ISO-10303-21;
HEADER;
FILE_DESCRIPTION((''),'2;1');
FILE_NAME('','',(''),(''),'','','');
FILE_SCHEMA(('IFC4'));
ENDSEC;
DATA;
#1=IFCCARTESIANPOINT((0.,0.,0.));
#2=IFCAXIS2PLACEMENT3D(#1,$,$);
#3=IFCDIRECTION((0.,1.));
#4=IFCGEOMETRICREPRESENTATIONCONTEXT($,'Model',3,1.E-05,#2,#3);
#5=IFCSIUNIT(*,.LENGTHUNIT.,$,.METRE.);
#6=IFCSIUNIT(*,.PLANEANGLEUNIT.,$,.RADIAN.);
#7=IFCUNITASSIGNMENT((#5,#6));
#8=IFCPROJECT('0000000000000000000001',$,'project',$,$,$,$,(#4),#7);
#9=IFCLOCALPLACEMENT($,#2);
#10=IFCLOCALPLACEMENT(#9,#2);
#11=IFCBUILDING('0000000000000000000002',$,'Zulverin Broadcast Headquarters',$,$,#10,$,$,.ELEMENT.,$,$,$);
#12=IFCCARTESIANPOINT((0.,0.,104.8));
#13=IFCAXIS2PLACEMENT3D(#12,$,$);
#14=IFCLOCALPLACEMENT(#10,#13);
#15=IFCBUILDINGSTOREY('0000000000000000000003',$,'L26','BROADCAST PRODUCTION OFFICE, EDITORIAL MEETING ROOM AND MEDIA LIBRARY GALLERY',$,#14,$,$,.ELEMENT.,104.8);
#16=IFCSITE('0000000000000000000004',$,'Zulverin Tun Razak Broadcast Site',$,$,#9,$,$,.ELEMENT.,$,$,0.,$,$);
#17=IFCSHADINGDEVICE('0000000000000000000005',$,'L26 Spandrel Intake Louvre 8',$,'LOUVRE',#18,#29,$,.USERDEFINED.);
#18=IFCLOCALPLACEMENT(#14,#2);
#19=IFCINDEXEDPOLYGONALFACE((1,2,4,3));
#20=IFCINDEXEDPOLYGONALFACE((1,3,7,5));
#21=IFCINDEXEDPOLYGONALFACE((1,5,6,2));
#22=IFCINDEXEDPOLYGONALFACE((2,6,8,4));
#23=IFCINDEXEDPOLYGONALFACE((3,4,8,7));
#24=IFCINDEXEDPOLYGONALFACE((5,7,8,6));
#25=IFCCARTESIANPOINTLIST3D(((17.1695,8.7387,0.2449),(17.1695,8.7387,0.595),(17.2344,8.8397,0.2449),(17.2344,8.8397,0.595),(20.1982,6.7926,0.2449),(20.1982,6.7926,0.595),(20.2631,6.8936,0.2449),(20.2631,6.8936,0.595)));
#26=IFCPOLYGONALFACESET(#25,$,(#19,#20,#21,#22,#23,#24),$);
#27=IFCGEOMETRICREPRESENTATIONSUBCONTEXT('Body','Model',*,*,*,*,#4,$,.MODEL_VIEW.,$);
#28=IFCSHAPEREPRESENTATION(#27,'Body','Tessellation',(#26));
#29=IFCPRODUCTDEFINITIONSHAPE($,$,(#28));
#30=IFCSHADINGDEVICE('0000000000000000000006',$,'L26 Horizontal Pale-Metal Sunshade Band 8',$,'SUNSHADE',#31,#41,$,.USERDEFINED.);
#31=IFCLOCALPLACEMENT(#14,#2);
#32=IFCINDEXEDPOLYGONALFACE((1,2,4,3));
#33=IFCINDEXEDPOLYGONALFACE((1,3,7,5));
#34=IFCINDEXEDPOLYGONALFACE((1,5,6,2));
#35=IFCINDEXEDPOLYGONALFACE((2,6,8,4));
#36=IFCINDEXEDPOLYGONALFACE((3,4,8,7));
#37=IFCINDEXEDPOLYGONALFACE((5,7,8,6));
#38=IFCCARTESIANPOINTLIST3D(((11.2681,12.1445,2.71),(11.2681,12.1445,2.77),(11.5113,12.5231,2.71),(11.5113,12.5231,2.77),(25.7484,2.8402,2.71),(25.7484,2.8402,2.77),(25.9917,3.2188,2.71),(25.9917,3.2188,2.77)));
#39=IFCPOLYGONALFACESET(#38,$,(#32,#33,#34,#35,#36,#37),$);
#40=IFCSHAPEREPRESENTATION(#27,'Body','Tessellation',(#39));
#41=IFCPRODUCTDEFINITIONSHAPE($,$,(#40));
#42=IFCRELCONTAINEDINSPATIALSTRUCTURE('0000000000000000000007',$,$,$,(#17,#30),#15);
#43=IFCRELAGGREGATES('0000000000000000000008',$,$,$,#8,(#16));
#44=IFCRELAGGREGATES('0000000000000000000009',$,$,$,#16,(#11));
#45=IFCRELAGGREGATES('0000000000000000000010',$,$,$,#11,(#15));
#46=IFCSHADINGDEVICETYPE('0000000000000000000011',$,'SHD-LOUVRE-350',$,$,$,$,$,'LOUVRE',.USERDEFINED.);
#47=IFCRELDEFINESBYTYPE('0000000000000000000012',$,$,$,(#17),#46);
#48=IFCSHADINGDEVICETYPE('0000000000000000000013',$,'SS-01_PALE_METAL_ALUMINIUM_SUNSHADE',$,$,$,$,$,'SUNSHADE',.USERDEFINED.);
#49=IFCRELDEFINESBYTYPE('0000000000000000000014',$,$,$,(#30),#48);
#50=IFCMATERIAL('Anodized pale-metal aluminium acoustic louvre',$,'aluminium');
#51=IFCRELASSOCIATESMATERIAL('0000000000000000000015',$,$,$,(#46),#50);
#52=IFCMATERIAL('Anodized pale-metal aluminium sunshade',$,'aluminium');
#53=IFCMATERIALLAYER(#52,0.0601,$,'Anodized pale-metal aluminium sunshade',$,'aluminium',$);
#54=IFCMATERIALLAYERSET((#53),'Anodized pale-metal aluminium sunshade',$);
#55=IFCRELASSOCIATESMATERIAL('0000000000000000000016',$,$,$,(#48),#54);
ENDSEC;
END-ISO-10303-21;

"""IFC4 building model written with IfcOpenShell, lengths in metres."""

from ifc_helpers import new_model, si_unit, direction, frame, origin, origin_2d, place, context, subcontext, project, spatial, rectangle, extrude, material, layer, layer_set, type_object, element, save


model = new_model("IFC4")

# Units and contexts
model_context = context("Model", 3, precision=1e-05, world=origin(), true_north=direction((0.0, 1.0)))
body_context = subcontext(model_context, "Body", "Model", "MODEL_VIEW")
ifc_project = project(units=[si_unit("LENGTHUNIT", "METRE"), si_unit("PLANEANGLEUNIT", "RADIAN")], contexts=[model_context])

# Site, building, storey
site_placement = place(None, origin())
site = spatial("IfcSite", under=ifc_project, at=site_placement, Name="Zulverin Tun Razak Broadcast Site", CompositionType="ELEMENT", RefElevation=0.0)
building_placement = place(site_placement, origin())
building = spatial("IfcBuilding", under=site, at=building_placement, Name="Zulverin Broadcast Headquarters", CompositionType="ELEMENT")
storey_placement = place(building_placement, frame((0.0, 0.0, 104.8)))
storey = spatial("IfcBuildingStorey", under=building, at=storey_placement, Name="L26", Description="BROADCAST PRODUCTION OFFICE, EDITORIAL MEETING ROOM AND MEDIA LIBRARY GALLERY", CompositionType="ELEMENT", Elevation=104.8)

# Shading devices
ifc_material_1 = material(Name="Anodized pale-metal aluminium acoustic louvre", Category="aluminium")
shading_device_type_1 = type_object("IfcShadingDeviceType", Name="SHD-LOUVRE-350", ElementType="LOUVRE", PredefinedType="USERDEFINED", material=ifc_material_1)
shading_device_1_placement = place(storey_placement, frame((18.7163, 7.8162, 0.2449), z_axis=(0.0, 0.0, 1.0), x_axis=(0.841297, -0.540574, 0.0)))
element("IfcShadingDevice", 1, at=shading_device_1_placement, inside=storey, type_object=shading_device_type_1, Name="L26 Spandrel Intake Louvre 8", ObjectType="LOUVRE", PredefinedType="USERDEFINED", context=body_context, shape_type="SweptSolid", body=[
    extrude(rectangle(XDim=3.6001, YDim=0.1201, at=origin_2d()), origin(), (0.0, 0.0, 1.0), 0.3501),
])
ifc_material_2 = material(Name="Anodized pale-metal aluminium sunshade", Category="aluminium")
ifc_layer_1 = layer(ifc_material_2, 0.0601, Name="Anodized pale-metal aluminium sunshade", Category="aluminium")
ifc_layer_set_1 = layer_set([ifc_layer_1], Name="Anodized pale-metal aluminium sunshade")
shading_device_type_2 = type_object("IfcShadingDeviceType", Name="SS-01_PALE_METAL_ALUMINIUM_SUNSHADE", ElementType="SUNSHADE", PredefinedType="USERDEFINED", material=ifc_layer_set_1)
shading_device_2_placement = place(storey_placement, frame((18.6299, 7.6816, 2.71), z_axis=(0.0, 0.0, 1.0), x_axis=(0.841297, -0.540574, 0.0)))
element("IfcShadingDevice", 2, at=shading_device_2_placement, inside=storey, type_object=shading_device_type_2, Name="L26 Horizontal Pale-Metal Sunshade Band 8", ObjectType="SUNSHADE", PredefinedType="USERDEFINED", context=body_context, shape_type="SweptSolid", body=[
    extrude(rectangle(XDim=17.2119, YDim=0.45, at=origin_2d()), origin(), (0.0, 0.0, 1.0), 0.0601),
])

save(model, "model.ifc")
